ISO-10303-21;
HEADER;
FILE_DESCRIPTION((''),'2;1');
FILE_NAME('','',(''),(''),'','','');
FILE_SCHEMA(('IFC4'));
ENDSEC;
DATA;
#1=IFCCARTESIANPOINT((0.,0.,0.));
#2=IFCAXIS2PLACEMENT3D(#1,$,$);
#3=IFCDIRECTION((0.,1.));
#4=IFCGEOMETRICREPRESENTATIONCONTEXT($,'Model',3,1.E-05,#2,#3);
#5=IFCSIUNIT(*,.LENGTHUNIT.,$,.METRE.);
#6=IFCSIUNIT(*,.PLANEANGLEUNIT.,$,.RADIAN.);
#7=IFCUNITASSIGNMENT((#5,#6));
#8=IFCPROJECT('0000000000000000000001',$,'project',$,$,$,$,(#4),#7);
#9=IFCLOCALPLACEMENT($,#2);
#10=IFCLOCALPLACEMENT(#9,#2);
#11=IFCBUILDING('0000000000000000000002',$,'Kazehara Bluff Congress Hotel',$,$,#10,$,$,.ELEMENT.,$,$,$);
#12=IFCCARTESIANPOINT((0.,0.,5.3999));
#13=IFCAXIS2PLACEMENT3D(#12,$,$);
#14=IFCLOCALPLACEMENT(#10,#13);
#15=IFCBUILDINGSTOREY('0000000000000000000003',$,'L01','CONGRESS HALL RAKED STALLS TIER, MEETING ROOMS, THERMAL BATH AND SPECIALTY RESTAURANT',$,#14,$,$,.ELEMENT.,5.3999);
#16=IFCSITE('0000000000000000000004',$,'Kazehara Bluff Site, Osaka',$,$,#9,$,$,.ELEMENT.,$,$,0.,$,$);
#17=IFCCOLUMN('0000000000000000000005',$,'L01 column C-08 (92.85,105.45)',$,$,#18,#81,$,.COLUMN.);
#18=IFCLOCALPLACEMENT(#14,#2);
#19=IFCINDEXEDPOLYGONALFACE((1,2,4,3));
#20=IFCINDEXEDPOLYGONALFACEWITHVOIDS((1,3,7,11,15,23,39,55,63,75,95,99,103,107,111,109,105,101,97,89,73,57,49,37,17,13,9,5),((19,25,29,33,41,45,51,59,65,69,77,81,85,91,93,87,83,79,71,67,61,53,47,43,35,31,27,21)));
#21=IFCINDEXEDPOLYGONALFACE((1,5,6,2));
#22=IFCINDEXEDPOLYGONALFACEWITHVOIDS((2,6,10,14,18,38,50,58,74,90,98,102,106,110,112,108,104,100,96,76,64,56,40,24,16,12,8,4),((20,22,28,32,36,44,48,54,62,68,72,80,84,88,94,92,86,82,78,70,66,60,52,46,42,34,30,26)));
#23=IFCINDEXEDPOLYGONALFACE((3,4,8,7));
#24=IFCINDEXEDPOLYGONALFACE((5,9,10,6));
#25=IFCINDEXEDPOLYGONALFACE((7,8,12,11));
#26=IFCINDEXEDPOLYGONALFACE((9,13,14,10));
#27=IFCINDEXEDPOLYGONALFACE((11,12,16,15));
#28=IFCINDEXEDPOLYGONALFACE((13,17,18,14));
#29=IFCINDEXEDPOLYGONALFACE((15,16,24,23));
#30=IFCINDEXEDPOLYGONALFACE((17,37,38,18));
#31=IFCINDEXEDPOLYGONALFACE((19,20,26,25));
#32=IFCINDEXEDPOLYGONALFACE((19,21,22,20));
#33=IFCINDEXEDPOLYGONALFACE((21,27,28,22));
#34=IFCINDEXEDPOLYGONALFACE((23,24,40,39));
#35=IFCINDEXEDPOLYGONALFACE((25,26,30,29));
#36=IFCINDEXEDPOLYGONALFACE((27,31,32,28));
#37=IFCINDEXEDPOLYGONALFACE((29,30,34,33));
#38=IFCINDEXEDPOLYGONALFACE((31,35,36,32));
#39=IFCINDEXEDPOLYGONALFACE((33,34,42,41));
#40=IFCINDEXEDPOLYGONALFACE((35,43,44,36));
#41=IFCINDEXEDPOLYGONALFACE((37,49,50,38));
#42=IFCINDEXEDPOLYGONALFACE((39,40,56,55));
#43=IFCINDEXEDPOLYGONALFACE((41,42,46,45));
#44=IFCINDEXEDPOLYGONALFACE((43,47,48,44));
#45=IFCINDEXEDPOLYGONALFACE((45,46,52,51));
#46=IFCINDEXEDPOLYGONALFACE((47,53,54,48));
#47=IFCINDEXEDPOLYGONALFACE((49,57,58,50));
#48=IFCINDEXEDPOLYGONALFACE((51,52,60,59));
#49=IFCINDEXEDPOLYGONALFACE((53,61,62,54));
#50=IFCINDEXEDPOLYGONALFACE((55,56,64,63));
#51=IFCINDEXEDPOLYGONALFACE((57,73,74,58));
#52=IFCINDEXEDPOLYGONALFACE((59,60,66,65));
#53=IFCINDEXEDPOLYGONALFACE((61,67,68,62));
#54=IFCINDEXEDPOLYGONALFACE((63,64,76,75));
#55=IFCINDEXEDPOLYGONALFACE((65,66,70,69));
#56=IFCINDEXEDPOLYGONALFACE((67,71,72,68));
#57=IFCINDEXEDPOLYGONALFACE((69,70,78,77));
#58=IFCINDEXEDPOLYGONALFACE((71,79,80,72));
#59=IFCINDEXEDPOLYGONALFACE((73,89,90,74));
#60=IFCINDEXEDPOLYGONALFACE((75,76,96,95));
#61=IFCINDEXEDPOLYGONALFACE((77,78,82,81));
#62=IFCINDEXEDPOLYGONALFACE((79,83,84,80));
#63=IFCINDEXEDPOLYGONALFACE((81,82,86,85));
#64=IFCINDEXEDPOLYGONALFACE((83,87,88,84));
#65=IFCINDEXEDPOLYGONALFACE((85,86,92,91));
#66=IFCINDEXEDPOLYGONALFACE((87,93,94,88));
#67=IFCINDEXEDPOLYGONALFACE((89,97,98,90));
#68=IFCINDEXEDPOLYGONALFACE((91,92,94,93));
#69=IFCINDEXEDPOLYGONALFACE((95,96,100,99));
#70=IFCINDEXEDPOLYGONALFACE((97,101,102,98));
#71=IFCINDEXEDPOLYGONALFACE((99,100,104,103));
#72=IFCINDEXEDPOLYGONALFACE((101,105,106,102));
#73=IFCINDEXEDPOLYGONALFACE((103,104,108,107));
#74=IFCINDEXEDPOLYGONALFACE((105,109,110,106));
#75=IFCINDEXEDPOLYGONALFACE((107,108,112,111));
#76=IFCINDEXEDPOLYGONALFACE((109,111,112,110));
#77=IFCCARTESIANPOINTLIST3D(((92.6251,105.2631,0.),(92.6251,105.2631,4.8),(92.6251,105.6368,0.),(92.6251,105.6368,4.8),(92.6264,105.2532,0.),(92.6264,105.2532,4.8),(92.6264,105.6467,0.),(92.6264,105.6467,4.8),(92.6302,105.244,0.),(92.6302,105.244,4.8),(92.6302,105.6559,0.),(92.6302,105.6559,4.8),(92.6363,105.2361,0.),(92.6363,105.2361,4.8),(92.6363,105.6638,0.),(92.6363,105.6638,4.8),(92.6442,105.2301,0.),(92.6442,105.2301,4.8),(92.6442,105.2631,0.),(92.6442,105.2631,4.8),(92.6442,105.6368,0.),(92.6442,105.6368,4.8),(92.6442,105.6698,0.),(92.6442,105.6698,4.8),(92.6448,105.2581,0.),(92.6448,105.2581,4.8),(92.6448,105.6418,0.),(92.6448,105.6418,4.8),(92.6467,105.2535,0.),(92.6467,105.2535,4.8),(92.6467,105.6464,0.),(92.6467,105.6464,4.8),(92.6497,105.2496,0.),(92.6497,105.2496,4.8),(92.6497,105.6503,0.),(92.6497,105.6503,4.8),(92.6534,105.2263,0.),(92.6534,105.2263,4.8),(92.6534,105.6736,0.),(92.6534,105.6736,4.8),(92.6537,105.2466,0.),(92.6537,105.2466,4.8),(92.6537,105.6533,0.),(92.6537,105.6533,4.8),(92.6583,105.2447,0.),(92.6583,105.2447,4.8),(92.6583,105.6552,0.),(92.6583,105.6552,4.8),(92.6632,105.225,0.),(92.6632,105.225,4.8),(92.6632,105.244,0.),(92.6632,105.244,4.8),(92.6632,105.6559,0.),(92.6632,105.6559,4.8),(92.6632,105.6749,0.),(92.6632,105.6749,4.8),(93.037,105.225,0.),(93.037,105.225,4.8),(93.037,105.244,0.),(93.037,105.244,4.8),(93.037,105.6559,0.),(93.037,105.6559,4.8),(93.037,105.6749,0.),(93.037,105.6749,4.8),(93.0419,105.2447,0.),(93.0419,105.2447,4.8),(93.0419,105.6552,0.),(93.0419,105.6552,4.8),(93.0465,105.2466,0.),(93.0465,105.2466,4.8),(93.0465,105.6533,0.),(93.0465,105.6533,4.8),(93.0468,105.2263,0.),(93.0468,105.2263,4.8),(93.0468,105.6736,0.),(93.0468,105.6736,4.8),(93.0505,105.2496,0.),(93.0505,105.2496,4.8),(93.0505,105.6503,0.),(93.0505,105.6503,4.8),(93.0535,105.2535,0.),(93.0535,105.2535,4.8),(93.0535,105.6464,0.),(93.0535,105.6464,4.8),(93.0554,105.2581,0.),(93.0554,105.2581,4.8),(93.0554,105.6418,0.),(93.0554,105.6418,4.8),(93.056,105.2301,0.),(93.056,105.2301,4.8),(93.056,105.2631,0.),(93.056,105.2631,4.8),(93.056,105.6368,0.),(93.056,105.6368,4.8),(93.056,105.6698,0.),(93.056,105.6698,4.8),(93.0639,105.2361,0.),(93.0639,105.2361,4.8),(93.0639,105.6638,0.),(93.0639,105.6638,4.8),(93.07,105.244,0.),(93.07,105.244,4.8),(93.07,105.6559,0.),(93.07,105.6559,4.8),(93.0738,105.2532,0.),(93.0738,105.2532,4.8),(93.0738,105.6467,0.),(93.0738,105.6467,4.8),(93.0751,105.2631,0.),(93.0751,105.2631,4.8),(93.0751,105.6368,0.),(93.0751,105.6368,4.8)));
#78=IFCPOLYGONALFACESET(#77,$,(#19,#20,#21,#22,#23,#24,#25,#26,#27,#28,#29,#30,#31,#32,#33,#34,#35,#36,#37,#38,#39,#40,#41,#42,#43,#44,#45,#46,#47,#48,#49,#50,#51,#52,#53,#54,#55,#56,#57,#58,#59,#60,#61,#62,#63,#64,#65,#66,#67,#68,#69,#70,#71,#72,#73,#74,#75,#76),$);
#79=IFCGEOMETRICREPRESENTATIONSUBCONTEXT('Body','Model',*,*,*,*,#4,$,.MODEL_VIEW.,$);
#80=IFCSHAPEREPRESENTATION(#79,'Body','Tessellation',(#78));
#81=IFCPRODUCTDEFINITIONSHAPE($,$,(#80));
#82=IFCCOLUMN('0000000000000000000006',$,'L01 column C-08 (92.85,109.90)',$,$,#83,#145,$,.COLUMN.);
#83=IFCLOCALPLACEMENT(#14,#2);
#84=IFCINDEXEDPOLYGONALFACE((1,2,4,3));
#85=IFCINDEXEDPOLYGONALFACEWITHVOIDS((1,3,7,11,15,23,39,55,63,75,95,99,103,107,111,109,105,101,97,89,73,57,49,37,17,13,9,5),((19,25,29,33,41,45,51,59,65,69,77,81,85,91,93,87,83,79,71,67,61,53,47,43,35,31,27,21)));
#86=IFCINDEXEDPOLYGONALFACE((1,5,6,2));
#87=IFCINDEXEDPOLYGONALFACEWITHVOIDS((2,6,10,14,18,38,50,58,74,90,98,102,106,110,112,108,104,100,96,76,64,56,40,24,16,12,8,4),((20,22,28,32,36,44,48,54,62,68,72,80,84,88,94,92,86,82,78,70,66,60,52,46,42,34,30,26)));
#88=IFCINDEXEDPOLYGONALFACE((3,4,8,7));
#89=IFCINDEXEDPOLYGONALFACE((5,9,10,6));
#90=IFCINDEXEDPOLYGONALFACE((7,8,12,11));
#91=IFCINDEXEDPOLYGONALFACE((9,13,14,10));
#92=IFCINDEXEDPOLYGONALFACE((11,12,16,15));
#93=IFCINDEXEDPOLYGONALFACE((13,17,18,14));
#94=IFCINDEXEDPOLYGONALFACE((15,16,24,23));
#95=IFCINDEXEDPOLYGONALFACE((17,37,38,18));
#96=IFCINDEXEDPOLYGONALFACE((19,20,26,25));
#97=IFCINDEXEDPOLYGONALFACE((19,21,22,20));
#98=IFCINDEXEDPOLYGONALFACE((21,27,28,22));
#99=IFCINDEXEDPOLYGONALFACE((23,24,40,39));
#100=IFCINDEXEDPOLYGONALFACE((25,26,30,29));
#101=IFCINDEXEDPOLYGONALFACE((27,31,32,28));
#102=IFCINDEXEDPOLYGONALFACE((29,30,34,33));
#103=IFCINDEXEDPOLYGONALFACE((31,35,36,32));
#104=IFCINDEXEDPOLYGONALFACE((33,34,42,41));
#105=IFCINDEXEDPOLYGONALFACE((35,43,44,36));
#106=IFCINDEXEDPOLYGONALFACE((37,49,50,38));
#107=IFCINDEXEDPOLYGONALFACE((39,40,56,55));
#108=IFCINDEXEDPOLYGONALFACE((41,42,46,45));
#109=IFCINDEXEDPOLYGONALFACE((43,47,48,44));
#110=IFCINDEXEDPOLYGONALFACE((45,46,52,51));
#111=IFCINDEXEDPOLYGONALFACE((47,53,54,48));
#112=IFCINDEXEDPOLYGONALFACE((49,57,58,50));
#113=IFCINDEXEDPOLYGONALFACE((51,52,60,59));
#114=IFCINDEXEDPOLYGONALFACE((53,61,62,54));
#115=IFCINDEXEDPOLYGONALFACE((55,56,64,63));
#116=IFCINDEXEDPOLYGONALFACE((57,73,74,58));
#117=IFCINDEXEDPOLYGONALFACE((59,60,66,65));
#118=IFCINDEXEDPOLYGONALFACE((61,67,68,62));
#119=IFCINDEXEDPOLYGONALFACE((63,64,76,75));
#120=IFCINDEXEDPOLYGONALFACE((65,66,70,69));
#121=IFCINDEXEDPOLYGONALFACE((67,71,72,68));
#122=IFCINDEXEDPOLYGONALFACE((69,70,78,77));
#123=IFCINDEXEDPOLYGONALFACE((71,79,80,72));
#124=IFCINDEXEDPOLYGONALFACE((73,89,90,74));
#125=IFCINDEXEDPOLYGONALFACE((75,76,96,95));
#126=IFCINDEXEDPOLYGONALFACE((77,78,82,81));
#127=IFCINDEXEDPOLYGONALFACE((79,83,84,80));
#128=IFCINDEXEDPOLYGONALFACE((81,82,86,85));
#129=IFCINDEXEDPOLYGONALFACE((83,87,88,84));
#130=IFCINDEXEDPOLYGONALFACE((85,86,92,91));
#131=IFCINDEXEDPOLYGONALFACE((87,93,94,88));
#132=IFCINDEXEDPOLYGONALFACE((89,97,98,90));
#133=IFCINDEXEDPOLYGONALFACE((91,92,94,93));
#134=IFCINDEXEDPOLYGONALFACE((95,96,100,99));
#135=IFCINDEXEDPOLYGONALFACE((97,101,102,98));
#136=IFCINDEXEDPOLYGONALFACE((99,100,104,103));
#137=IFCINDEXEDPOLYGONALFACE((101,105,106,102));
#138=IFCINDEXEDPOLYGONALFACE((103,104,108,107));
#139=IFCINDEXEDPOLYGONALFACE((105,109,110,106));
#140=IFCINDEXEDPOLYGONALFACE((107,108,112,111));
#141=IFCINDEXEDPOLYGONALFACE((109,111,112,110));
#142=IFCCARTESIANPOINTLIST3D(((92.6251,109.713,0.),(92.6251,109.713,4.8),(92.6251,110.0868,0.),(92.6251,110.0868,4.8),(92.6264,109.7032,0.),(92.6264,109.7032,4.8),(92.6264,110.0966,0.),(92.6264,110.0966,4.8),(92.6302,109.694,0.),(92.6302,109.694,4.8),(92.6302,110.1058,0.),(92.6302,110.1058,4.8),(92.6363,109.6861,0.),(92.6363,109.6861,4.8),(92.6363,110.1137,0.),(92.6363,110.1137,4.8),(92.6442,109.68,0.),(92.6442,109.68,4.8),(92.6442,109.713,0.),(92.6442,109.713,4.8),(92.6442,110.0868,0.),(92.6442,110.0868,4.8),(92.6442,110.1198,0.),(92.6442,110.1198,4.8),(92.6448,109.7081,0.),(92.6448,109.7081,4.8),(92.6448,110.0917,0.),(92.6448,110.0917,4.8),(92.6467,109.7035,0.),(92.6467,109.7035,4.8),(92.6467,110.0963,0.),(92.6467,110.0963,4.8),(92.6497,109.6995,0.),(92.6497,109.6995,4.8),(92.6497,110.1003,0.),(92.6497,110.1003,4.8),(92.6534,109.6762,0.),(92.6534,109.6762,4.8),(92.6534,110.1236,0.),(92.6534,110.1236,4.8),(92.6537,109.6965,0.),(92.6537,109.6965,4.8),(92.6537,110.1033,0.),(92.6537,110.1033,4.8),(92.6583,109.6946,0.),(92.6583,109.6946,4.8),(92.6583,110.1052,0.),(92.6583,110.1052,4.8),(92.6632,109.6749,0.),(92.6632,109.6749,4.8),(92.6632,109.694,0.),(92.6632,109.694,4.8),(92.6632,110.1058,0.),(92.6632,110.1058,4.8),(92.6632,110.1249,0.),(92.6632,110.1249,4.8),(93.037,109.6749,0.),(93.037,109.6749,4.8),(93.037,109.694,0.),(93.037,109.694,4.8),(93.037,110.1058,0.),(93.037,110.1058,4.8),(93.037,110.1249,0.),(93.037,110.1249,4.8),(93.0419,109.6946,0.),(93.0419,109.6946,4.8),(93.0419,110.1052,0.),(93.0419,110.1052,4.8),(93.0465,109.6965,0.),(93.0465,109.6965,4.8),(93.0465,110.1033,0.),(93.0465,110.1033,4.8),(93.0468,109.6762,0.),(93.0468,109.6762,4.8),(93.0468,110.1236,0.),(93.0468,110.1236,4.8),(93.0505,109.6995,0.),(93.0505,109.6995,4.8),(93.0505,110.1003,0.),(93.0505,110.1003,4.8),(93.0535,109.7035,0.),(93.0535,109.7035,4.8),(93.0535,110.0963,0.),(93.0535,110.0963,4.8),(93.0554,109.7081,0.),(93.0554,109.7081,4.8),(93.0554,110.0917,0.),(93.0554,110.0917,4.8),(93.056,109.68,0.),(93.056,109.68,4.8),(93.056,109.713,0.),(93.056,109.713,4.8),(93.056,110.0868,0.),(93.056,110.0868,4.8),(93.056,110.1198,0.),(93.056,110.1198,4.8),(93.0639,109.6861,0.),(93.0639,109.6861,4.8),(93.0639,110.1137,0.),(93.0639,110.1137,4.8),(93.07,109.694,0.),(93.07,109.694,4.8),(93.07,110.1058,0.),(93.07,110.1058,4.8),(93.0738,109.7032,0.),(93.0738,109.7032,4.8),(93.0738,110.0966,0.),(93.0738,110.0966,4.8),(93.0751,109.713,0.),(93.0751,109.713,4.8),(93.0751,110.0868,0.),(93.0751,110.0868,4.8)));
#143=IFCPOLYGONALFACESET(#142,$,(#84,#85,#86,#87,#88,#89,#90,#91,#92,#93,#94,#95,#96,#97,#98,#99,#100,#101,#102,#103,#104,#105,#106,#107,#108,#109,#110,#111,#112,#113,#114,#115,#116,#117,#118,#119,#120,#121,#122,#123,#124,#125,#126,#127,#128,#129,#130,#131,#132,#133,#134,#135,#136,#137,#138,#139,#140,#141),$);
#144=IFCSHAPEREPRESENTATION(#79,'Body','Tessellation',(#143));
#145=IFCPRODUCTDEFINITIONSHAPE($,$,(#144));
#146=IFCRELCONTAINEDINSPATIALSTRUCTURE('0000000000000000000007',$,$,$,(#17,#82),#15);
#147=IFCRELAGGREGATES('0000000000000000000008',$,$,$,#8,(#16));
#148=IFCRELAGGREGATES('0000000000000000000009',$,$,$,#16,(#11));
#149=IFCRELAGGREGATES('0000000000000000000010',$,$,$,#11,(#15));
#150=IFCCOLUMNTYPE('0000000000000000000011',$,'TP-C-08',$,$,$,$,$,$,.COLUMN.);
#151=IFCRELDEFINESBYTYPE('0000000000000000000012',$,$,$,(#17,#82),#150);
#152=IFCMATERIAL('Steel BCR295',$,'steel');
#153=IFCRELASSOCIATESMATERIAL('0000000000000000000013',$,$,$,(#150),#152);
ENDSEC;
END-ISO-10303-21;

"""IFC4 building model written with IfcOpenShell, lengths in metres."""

from ifc_helpers import new_model, si_unit, direction, frame, origin, origin_2d, place, context, subcontext, project, spatial, hollow_rectangle, extrude, material, material_profile, profile_set, type_object, element, save


model = new_model("IFC4")

# Units and contexts
model_context = context("Model", 3, precision=1e-05, world=origin(), true_north=direction((0.0, 1.0)))
body_context = subcontext(model_context, "Body", "Model", "MODEL_VIEW")
ifc_project = project(units=[si_unit("LENGTHUNIT", "METRE"), si_unit("PLANEANGLEUNIT", "RADIAN")], contexts=[model_context])

# Site, building, storey
site_placement = place(None, origin())
site = spatial("IfcSite", under=ifc_project, at=site_placement, Name="Kazehara Bluff Site, Osaka", CompositionType="ELEMENT", RefElevation=0.0)
building_placement = place(site_placement, origin())
building = spatial("IfcBuilding", under=site, at=building_placement, Name="Kazehara Bluff Congress Hotel", CompositionType="ELEMENT")
storey_placement = place(building_placement, frame((0.0, 0.0, 5.3999)))
storey = spatial("IfcBuildingStorey", under=building, at=storey_placement, Name="L01", Description="CONGRESS HALL RAKED STALLS TIER, MEETING ROOMS, THERMAL BATH AND SPECIALTY RESTAURANT", CompositionType="ELEMENT", Elevation=5.3999)

# Columns
ifc_material_1 = material(Name="Steel BCR295", Category="steel")
ifc_material_profile_1 = material_profile(ifc_material_1, hollow_rectangle(XDim=0.45, YDim=0.45, WallThickness=0.019, InnerFilletRadius=0.019, OuterFilletRadius=0.0381, at=origin_2d()))
ifc_profile_set_1 = profile_set([ifc_material_profile_1], Name="Steel BCR295")
column_type = type_object("IfcColumnType", Name="TP-C-08", PredefinedType="COLUMN", material=ifc_profile_set_1)
for number, where, z_axis, x_axis, name in (
    (1, (92.8501, 105.45, 0.0), (0.0, 0.0, 1.0), (1.0, 0.0, 0.0), "L01 column C-08 (92.85,105.45)"),
    (2, (92.8501, 109.8999, 0.0), (0.0, 0.0, 1.0), (1.0, 0.0, 0.0), "L01 column C-08 (92.85,109.90)"),
):
    element("IfcColumn", number, at=place(storey_placement, frame(where, z_axis=z_axis, x_axis=x_axis)), inside=storey, type_object=column_type, Name=name, PredefinedType="COLUMN", context=body_context, shape_type="SweptSolid", body=[
        extrude(hollow_rectangle(XDim=0.45, YDim=0.45, WallThickness=0.019, InnerFilletRadius=0.019, OuterFilletRadius=0.0381, at=origin_2d()), origin(), (0.0, 0.0, 1.0), 4.8),
    ])

save(model, "model.ifc")
